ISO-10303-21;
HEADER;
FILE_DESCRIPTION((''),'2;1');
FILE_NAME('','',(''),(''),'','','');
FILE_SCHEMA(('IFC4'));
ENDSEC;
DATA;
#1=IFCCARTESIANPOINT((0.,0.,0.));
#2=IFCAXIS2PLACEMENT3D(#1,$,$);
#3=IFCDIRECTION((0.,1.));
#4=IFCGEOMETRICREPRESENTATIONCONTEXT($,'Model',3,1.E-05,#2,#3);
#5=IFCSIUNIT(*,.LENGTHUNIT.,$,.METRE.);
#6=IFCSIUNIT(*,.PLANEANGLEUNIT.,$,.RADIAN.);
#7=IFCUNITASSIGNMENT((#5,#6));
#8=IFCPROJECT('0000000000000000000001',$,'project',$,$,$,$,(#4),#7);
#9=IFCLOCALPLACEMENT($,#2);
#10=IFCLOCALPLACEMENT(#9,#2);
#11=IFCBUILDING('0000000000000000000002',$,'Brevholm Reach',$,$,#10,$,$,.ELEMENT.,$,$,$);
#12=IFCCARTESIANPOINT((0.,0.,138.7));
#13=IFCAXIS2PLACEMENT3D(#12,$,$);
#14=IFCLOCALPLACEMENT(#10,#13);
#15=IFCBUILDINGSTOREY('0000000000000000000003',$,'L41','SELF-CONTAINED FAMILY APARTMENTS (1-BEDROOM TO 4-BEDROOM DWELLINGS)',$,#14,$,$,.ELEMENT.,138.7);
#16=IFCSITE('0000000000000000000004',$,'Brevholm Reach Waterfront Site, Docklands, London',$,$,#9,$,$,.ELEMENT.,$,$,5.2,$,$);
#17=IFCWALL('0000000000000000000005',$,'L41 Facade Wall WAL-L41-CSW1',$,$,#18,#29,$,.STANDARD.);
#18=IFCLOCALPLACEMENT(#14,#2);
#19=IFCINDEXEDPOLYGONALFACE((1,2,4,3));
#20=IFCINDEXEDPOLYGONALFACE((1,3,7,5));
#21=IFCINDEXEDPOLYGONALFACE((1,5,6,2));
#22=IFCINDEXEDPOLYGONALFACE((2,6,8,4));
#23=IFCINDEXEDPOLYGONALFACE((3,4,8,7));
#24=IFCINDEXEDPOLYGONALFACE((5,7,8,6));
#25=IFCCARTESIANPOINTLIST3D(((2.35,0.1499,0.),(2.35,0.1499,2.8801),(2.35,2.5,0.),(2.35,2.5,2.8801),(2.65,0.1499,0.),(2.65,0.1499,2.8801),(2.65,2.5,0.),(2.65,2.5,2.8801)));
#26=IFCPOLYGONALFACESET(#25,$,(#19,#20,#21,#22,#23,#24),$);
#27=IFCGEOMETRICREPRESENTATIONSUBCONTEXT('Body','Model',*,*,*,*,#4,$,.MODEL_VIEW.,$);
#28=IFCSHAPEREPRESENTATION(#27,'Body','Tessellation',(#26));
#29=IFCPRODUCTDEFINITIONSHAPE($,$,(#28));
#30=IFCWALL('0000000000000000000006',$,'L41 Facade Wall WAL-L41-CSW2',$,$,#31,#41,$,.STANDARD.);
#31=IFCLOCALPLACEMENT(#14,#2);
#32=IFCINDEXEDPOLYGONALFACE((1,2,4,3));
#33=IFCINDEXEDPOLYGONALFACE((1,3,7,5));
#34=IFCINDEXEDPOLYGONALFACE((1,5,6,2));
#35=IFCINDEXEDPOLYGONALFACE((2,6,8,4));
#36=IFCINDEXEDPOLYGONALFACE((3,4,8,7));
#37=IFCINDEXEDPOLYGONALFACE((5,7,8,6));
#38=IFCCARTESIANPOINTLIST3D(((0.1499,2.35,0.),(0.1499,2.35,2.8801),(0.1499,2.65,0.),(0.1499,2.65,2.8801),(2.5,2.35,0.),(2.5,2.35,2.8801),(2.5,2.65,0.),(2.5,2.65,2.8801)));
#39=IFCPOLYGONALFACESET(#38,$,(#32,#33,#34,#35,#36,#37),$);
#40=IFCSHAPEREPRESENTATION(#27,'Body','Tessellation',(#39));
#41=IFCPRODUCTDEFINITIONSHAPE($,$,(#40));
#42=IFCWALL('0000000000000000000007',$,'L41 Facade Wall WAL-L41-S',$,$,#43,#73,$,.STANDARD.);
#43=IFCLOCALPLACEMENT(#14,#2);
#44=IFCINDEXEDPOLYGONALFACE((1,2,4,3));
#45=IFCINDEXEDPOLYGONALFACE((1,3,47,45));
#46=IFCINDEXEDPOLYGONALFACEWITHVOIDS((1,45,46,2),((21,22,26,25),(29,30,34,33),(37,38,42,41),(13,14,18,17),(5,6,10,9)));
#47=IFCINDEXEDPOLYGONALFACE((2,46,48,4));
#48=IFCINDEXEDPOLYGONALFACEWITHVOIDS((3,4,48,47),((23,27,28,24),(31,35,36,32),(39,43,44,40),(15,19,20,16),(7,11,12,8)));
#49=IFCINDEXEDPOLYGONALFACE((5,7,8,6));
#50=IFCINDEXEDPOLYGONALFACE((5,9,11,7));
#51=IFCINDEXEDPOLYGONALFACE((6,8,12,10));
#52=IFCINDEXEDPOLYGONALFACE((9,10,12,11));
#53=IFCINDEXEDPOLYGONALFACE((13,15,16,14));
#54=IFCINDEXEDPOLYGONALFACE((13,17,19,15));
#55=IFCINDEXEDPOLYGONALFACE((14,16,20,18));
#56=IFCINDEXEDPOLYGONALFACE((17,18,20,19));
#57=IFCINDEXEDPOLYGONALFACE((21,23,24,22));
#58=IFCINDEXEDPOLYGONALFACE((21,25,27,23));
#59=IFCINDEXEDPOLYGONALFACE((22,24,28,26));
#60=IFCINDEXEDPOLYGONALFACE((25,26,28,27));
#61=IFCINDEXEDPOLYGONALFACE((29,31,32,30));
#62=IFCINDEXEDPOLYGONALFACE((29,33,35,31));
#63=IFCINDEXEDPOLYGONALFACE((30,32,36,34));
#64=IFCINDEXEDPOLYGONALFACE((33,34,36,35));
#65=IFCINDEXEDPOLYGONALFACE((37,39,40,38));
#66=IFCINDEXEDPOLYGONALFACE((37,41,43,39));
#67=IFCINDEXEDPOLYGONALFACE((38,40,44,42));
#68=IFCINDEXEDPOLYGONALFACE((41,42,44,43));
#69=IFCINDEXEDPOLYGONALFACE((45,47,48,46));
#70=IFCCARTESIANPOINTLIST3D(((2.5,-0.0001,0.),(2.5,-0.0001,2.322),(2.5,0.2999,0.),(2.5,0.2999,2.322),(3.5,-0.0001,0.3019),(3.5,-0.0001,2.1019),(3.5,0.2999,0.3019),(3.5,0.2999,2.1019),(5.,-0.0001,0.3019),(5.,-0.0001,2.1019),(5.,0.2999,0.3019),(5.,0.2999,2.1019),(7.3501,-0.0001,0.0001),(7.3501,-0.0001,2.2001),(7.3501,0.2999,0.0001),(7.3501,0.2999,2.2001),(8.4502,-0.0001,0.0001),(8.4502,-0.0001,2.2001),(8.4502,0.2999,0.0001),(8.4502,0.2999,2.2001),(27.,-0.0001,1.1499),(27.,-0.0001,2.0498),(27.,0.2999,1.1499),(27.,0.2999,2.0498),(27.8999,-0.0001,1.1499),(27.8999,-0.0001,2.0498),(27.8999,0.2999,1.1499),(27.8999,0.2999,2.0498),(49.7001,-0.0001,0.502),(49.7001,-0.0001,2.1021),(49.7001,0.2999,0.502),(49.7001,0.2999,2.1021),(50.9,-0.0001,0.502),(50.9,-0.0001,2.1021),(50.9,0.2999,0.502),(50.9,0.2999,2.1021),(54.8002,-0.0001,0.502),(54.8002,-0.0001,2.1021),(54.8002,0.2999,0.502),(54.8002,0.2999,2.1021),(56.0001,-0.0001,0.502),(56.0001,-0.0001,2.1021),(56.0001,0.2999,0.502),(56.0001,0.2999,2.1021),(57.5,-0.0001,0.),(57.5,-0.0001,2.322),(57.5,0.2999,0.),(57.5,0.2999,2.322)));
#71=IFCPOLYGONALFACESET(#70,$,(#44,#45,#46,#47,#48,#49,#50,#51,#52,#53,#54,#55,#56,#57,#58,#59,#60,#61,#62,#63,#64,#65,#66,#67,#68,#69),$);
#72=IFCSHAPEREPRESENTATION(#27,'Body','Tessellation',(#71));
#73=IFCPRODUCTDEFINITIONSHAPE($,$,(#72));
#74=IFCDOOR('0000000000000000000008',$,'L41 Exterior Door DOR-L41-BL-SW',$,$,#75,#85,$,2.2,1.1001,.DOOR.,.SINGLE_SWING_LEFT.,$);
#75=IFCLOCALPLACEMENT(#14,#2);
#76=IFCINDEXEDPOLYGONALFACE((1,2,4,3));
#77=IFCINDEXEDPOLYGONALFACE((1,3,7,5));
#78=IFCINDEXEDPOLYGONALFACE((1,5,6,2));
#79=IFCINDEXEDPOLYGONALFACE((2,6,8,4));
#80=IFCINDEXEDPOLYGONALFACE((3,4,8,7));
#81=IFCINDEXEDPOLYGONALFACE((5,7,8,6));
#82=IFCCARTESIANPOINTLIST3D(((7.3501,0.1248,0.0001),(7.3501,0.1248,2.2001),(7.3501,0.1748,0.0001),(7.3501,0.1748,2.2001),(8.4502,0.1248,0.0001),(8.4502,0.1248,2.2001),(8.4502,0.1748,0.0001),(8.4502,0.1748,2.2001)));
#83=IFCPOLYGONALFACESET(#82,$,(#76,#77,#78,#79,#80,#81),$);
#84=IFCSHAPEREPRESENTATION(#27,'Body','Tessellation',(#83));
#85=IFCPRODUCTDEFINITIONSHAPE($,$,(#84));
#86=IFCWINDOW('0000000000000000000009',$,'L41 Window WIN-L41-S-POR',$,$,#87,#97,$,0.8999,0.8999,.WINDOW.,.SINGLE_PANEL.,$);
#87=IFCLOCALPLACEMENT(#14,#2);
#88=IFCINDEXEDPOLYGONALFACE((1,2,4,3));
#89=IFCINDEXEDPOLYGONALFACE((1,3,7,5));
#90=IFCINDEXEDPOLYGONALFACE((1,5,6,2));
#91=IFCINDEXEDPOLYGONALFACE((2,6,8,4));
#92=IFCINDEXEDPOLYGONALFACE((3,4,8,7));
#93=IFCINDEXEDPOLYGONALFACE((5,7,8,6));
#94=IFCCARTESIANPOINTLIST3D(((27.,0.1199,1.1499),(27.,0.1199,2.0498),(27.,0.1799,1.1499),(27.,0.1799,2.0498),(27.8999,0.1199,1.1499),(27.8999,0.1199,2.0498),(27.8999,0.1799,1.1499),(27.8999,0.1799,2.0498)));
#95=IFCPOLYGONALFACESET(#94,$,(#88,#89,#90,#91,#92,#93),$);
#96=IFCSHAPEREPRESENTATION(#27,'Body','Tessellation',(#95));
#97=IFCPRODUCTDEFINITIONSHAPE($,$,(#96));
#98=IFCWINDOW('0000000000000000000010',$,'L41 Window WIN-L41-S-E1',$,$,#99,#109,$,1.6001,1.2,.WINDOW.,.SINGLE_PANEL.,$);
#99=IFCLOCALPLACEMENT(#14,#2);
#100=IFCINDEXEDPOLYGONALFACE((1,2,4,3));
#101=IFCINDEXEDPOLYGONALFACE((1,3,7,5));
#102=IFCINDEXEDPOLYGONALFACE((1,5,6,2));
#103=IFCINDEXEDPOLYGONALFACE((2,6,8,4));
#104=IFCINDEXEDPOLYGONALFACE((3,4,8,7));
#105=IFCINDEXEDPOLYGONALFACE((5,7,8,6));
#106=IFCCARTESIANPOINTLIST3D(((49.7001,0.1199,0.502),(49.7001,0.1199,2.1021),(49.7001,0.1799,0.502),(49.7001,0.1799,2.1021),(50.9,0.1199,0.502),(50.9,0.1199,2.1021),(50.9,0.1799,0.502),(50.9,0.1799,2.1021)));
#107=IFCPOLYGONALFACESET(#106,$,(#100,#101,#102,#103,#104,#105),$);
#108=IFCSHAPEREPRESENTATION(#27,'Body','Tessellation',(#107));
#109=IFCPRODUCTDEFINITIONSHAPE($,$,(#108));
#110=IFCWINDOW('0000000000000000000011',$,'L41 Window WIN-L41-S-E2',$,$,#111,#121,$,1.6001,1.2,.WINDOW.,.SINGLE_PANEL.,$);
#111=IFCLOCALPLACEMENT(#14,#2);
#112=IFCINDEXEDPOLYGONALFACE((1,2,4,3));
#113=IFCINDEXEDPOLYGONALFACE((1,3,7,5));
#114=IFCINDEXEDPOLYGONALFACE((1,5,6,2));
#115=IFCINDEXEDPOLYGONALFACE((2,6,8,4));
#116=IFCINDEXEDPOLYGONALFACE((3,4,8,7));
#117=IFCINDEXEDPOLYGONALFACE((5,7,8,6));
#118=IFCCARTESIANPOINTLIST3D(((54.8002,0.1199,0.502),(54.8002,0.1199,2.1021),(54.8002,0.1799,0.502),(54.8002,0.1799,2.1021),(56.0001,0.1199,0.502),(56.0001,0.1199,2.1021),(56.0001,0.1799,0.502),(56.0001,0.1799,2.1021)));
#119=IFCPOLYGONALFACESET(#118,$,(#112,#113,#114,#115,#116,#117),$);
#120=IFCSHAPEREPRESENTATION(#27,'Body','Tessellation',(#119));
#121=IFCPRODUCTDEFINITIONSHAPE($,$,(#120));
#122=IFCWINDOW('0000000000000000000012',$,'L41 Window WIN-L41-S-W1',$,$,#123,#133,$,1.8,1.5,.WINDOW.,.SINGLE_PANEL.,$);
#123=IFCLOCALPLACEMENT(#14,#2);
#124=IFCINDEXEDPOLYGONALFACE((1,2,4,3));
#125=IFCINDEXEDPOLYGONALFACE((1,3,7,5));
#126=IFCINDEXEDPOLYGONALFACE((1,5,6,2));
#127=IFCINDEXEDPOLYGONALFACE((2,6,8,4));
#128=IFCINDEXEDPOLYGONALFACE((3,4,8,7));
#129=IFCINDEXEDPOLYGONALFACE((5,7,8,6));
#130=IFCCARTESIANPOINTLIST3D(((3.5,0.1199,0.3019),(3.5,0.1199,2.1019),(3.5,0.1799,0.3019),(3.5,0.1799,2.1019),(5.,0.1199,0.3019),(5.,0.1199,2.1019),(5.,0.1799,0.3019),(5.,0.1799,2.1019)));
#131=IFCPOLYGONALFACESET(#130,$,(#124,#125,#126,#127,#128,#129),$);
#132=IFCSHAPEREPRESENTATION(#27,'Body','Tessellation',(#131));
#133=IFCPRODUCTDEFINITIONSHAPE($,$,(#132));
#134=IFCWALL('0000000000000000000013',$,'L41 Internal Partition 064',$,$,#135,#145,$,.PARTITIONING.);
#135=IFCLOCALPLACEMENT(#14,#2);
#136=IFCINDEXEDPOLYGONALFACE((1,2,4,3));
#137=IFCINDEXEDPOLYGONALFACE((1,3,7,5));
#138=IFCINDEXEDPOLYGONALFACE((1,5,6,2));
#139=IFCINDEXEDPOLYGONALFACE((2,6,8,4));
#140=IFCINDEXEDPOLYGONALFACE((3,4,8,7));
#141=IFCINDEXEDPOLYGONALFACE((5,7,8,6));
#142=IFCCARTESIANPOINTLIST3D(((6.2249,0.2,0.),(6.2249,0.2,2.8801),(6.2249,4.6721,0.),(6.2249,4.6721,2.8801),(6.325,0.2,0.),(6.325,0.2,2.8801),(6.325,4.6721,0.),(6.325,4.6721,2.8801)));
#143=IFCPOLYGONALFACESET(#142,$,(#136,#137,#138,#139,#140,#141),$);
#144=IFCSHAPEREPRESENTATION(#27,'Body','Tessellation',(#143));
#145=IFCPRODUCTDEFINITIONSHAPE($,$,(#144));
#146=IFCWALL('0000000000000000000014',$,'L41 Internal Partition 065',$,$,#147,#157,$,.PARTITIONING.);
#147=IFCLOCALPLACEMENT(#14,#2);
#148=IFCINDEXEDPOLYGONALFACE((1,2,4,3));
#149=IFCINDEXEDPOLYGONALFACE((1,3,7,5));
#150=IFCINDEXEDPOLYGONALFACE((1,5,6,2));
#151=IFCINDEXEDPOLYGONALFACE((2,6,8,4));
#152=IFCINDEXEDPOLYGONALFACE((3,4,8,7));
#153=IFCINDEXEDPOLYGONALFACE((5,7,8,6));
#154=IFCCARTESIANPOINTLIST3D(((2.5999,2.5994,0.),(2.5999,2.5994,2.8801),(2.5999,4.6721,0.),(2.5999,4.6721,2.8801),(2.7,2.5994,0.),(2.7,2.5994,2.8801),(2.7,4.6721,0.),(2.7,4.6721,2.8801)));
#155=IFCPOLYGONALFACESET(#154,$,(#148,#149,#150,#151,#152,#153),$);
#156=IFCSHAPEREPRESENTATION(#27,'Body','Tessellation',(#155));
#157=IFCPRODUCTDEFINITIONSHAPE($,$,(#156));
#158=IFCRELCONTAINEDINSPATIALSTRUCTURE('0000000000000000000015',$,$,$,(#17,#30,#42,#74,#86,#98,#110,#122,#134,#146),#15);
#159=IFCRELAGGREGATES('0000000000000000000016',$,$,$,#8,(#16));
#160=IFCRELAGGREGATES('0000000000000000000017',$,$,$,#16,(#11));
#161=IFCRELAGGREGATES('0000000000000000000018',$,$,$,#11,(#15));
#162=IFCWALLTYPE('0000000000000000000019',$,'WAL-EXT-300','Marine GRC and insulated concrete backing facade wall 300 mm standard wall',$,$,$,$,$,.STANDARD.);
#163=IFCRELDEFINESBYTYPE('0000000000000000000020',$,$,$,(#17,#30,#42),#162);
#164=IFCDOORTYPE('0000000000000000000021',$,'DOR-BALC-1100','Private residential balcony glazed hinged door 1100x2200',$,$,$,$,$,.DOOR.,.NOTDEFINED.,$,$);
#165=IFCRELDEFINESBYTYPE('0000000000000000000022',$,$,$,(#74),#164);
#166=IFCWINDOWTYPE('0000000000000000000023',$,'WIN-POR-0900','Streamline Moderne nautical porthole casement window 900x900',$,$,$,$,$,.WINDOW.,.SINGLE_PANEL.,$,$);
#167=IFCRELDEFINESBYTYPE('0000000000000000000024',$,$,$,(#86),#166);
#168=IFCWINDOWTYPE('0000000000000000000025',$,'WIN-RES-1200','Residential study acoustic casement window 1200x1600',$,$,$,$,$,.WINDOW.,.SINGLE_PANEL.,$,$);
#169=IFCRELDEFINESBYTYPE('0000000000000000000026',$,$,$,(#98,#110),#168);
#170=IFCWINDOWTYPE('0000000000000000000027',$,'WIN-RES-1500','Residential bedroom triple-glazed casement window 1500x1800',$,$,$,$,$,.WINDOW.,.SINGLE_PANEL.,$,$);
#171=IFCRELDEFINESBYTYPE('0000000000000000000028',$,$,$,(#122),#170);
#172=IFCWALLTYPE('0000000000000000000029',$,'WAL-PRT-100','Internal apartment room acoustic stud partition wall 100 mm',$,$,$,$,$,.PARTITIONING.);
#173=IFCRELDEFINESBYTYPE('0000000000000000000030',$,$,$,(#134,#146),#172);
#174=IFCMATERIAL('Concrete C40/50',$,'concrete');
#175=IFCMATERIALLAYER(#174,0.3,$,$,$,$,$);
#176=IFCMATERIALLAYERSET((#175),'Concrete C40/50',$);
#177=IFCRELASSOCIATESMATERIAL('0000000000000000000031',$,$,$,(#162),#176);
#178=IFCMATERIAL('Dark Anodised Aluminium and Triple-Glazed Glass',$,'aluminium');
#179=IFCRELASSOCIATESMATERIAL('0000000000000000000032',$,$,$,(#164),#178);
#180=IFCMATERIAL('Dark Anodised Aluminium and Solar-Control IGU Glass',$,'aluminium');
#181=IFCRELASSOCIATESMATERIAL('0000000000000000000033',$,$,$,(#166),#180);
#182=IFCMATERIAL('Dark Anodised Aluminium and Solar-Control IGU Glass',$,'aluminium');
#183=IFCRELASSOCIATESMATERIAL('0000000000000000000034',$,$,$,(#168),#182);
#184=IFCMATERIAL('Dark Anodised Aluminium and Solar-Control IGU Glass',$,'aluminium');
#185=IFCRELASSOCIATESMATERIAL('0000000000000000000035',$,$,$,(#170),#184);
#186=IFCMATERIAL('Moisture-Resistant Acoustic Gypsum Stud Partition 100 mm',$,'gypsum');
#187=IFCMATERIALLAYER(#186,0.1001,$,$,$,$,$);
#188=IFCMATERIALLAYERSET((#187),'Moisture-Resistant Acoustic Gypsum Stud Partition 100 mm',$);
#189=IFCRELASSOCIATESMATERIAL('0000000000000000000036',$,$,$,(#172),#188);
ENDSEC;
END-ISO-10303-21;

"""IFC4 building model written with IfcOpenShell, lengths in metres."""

from ifc_helpers import new_model, si_unit, direction, frame, frame_2d, origin, place, context, subcontext, project, spatial, rectangle, extrude, material, layer, layer_set, type_object, element, fill, save


model = new_model("IFC4")

# Units and contexts
model_context = context("Model", 3, precision=1e-05, world=origin(), true_north=direction((0.0, 1.0)))
body_context = subcontext(model_context, "Body", "Model", "MODEL_VIEW")
ifc_project = project(units=[si_unit("LENGTHUNIT", "METRE"), si_unit("PLANEANGLEUNIT", "RADIAN")], contexts=[model_context])

# Site, building, storey
site_placement = place(None, origin())
site = spatial("IfcSite", under=ifc_project, at=site_placement, Name="Brevholm Reach Waterfront Site, Docklands, London", CompositionType="ELEMENT", RefElevation=5.2)
building_placement = place(site_placement, origin())
building = spatial("IfcBuilding", under=site, at=building_placement, Name="Brevholm Reach", CompositionType="ELEMENT")
storey_placement = place(building_placement, frame((0.0, 0.0, 138.7)))
storey = spatial("IfcBuildingStorey", under=building, at=storey_placement, Name="L41", Description="SELF-CONTAINED FAMILY APARTMENTS (1-BEDROOM TO 4-BEDROOM DWELLINGS)", CompositionType="ELEMENT", Elevation=138.7)

# Walls
ifc_material_1 = material(Name="Concrete C40/50", Category="concrete")
ifc_layer_1 = layer(ifc_material_1, 0.3)
ifc_layer_set_1 = layer_set([ifc_layer_1], Name="Concrete C40/50")
wall_type_1 = type_object("IfcWallType", Name="WAL-EXT-300", Description="Marine GRC and insulated concrete backing facade wall 300 mm standard wall", PredefinedType="STANDARD", material=ifc_layer_set_1)
for number, where, z_axis, x_axis, name in (
    (1, (2.5, 2.5, 0.0), (0.0, 0.0, 1.0), (0.0, -1.0, 0.0), "L41 Facade Wall WAL-L41-CSW1"),
    (2, (0.1499, 2.5, 0.0), (0.0, 0.0, 1.0), (1.0, 0.0, 0.0), "L41 Facade Wall WAL-L41-CSW2"),
):
    element("IfcWall", number, at=place(storey_placement, frame(where, z_axis=z_axis, x_axis=x_axis)), inside=storey, type_object=wall_type_1, Name=name, PredefinedType="STANDARD", context=body_context, shape_type="SweptSolid", body=[
        extrude(rectangle(XDim=2.3501, YDim=0.3, at=frame_2d((1.175, 0.0))), origin(), (0.0, 0.0, 1.0), 2.8801),
    ])

# Wall, openings, door, windows
wall_1_placement = place(storey_placement, frame((2.5, 0.1499, 0.0), z_axis=(0.0, 0.0, 1.0), x_axis=(1.0, 0.0, 0.0)))
wall_1 = element("IfcWall", 3, at=wall_1_placement, inside=storey, type_object=wall_type_1, Name="L41 Facade Wall WAL-L41-S", PredefinedType="STANDARD", context=body_context, shape_type="SweptSolid", body=[
    extrude(rectangle(XDim=55.0, YDim=0.3, at=frame_2d((27.5, 0.0))), origin(), (0.0, 0.0, 1.0), 2.322),
])
opening_1_placement = place(wall_1_placement, frame((4.8501, 0.0, 0.0)))
opening_1 = element("IfcOpeningElement", 4, at=opening_1_placement, cuts=wall_1, PredefinedType="OPENING", context=body_context, shape_type="SweptSolid", body=[
    extrude(rectangle(XDim=1.1001, YDim=2.2, at=frame_2d((0.55, 1.1001))), frame((0.0, 0.1599, 0.0), z_axis=(0.0, -1.0, 0.0), x_axis=(1.0, 0.0, 0.0)), (0.0, 0.0, 1.0), 0.3201),
])
opening_2_placement = place(wall_1_placement, frame((1.0, 0.0, 0.302)))
opening_2 = element("IfcOpeningElement", 5, at=opening_2_placement, cuts=wall_1, PredefinedType="OPENING", context=body_context, shape_type="SweptSolid", body=[
    extrude(rectangle(XDim=1.5, YDim=1.8, at=frame_2d((0.75, 0.8999))), frame((0.0, 0.1599, 0.0), z_axis=(0.0, -1.0, 0.0), x_axis=(1.0, 0.0, 0.0)), (0.0, 0.0, 1.0), 0.3201),
])
opening_3_placement = place(wall_1_placement, frame((24.5, 0.0, 1.1499)))
opening_3 = element("IfcOpeningElement", 6, at=opening_3_placement, cuts=wall_1, PredefinedType="OPENING", context=body_context, shape_type="SweptSolid", body=[
    extrude(rectangle(XDim=0.8999, YDim=0.8999, at=frame_2d((0.45, 0.45))), frame((0.0, 0.1599, 0.0), z_axis=(0.0, -1.0, 0.0), x_axis=(1.0, 0.0, 0.0)), (0.0, 0.0, 1.0), 0.3201),
])
opening_4_placement = place(wall_1_placement, frame((47.2, 0.0, 0.502)))
opening_4 = element("IfcOpeningElement", 7, at=opening_4_placement, cuts=wall_1, PredefinedType="OPENING", context=body_context, shape_type="SweptSolid", body=[
    extrude(rectangle(XDim=1.2, YDim=1.6001, at=frame_2d((0.6001, 0.8))), frame((0.0, 0.1599, 0.0), z_axis=(0.0, -1.0, 0.0), x_axis=(1.0, 0.0, 0.0)), (0.0, 0.0, 1.0), 0.3201),
])
opening_5_placement = place(wall_1_placement, frame((52.3, 0.0, 0.502)))
opening_5 = element("IfcOpeningElement", 8, at=opening_5_placement, cuts=wall_1, PredefinedType="OPENING", context=body_context, shape_type="SweptSolid", body=[
    extrude(rectangle(XDim=1.2, YDim=1.6001, at=frame_2d((0.6001, 0.8))), frame((0.0, 0.1599, 0.0), z_axis=(0.0, -1.0, 0.0), x_axis=(1.0, 0.0, 0.0)), (0.0, 0.0, 1.0), 0.3201),
])
ifc_material_2 = material(Name="Dark Anodised Aluminium and Triple-Glazed Glass", Category="aluminium")
door_type_1 = type_object("IfcDoorType", Name="DOR-BALC-1100", Description="Private residential balcony glazed hinged door 1100x2200", OperationType="NOTDEFINED", PredefinedType="DOOR", material=ifc_material_2)
door_1_placement = place(opening_1_placement, origin())
door_1 = element("IfcDoor", 9, at=door_1_placement, inside=storey, type_object=door_type_1, Name="L41 Exterior Door DOR-L41-BL-SW", OperationType="SINGLE_SWING_LEFT", OverallHeight=2.2, OverallWidth=1.1001, PredefinedType="DOOR", context=body_context, shape_type="SweptSolid", body=[
    extrude(rectangle(XDim=1.1001, YDim=2.2, at=frame_2d((0.55, 1.1001))), frame((0.0, 0.0249, 0.0), z_axis=(0.0, -1.0, 0.0), x_axis=(1.0, 0.0, 0.0)), (0.0, 0.0, 1.0), 0.05),
])
fill(opening_1, door_1)
ifc_material_3 = material(Name="Dark Anodised Aluminium and Solar-Control IGU Glass", Category="aluminium")
window_type_1 = type_object("IfcWindowType", Name="WIN-POR-0900", Description="Streamline Moderne nautical porthole casement window 900x900", PartitioningType="SINGLE_PANEL", PredefinedType="WINDOW", material=ifc_material_3)
window_1_placement = place(opening_3_placement, origin())
window_1 = element("IfcWindow", 10, at=window_1_placement, inside=storey, type_object=window_type_1, Name="L41 Window WIN-L41-S-POR", OverallHeight=0.8999, OverallWidth=0.8999, PartitioningType="SINGLE_PANEL", PredefinedType="WINDOW", context=body_context, shape_type="SweptSolid", body=[
    extrude(rectangle(XDim=0.8999, YDim=0.8999, at=frame_2d((0.45, 0.45))), frame((0.0, 0.03, 0.0), z_axis=(0.0, -1.0, 0.0), x_axis=(1.0, 0.0, 0.0)), (0.0, 0.0, 1.0), 0.0601),
])
fill(opening_3, window_1)
ifc_material_4 = material(Name="Dark Anodised Aluminium and Solar-Control IGU Glass", Category="aluminium")
window_type_2 = type_object("IfcWindowType", Name="WIN-RES-1200", Description="Residential study acoustic casement window 1200x1600", PartitioningType="SINGLE_PANEL", PredefinedType="WINDOW", material=ifc_material_4)
window_2_placement = place(opening_4_placement, origin())
window_2 = element("IfcWindow", 11, at=window_2_placement, inside=storey, type_object=window_type_2, Name="L41 Window WIN-L41-S-E1", OverallHeight=1.6001, OverallWidth=1.2, PartitioningType="SINGLE_PANEL", PredefinedType="WINDOW", context=body_context, shape_type="SweptSolid", body=[
    extrude(rectangle(XDim=1.2, YDim=1.6001, at=frame_2d((0.6001, 0.8))), frame((0.0, 0.03, 0.0), z_axis=(0.0, -1.0, 0.0), x_axis=(1.0, 0.0, 0.0)), (0.0, 0.0, 1.0), 0.0601),
])
fill(opening_4, window_2)
window_3_placement = place(opening_5_placement, origin())
window_3 = element("IfcWindow", 12, at=window_3_placement, inside=storey, type_object=window_type_2, Name="L41 Window WIN-L41-S-E2", OverallHeight=1.6001, OverallWidth=1.2, PartitioningType="SINGLE_PANEL", PredefinedType="WINDOW", context=body_context, shape_type="SweptSolid", body=[
    extrude(rectangle(XDim=1.2, YDim=1.6001, at=frame_2d((0.6001, 0.8))), frame((0.0, 0.03, 0.0), z_axis=(0.0, -1.0, 0.0), x_axis=(1.0, 0.0, 0.0)), (0.0, 0.0, 1.0), 0.0601),
])
fill(opening_5, window_3)
ifc_material_5 = material(Name="Dark Anodised Aluminium and Solar-Control IGU Glass", Category="aluminium")
window_type_3 = type_object("IfcWindowType", Name="WIN-RES-1500", Description="Residential bedroom triple-glazed casement window 1500x1800", PartitioningType="SINGLE_PANEL", PredefinedType="WINDOW", material=ifc_material_5)
window_4_placement = place(opening_2_placement, origin())
window_4 = element("IfcWindow", 13, at=window_4_placement, inside=storey, type_object=window_type_3, Name="L41 Window WIN-L41-S-W1", OverallHeight=1.8, OverallWidth=1.5, PartitioningType="SINGLE_PANEL", PredefinedType="WINDOW", context=body_context, shape_type="SweptSolid", body=[
    extrude(rectangle(XDim=1.5, YDim=1.8, at=frame_2d((0.75, 0.8999))), frame((0.0, 0.03, 0.0), z_axis=(0.0, -1.0, 0.0), x_axis=(1.0, 0.0, 0.0)), (0.0, 0.0, 1.0), 0.0601),
])
fill(opening_2, window_4)

# Walls
ifc_material_6 = material(Name="Moisture-Resistant Acoustic Gypsum Stud Partition 100 mm", Category="gypsum")
ifc_layer_2 = layer(ifc_material_6, 0.1001)
ifc_layer_set_2 = layer_set([ifc_layer_2], Name="Moisture-Resistant Acoustic Gypsum Stud Partition 100 mm")
wall_type_2 = type_object("IfcWallType", Name="WAL-PRT-100", Description="Internal apartment room acoustic stud partition wall 100 mm", PredefinedType="PARTITIONING", material=ifc_layer_set_2)
wall_2_placement = place(storey_placement, frame((6.2749, 0.2, 0.0), z_axis=(0.0, 0.0, 1.0), x_axis=(0.0, 1.0, 0.0)))
element("IfcWall", 14, at=wall_2_placement, inside=storey, type_object=wall_type_2, Name="L41 Internal Partition 064", PredefinedType="PARTITIONING", context=body_context, shape_type="SweptSolid", body=[
    extrude(rectangle(XDim=4.4722, YDim=0.1001, at=frame_2d((2.2361, 0.0))), origin(), (0.0, 0.0, 1.0), 2.8801),
])
wall_3_placement = place(storey_placement, frame((2.6499, 2.5994, 0.0), z_axis=(0.0, 0.0, 1.0), x_axis=(0.0, 1.0, 0.0)))
element("IfcWall", 15, at=wall_3_placement, inside=storey, type_object=wall_type_2, Name="L41 Internal Partition 065", PredefinedType="PARTITIONING", context=body_context, shape_type="SweptSolid", body=[
    extrude(rectangle(XDim=2.0728, YDim=0.1001, at=frame_2d((1.0364, 0.0))), origin(), (0.0, 0.0, 1.0), 2.8801),
])

save(model, "model.ifc")
